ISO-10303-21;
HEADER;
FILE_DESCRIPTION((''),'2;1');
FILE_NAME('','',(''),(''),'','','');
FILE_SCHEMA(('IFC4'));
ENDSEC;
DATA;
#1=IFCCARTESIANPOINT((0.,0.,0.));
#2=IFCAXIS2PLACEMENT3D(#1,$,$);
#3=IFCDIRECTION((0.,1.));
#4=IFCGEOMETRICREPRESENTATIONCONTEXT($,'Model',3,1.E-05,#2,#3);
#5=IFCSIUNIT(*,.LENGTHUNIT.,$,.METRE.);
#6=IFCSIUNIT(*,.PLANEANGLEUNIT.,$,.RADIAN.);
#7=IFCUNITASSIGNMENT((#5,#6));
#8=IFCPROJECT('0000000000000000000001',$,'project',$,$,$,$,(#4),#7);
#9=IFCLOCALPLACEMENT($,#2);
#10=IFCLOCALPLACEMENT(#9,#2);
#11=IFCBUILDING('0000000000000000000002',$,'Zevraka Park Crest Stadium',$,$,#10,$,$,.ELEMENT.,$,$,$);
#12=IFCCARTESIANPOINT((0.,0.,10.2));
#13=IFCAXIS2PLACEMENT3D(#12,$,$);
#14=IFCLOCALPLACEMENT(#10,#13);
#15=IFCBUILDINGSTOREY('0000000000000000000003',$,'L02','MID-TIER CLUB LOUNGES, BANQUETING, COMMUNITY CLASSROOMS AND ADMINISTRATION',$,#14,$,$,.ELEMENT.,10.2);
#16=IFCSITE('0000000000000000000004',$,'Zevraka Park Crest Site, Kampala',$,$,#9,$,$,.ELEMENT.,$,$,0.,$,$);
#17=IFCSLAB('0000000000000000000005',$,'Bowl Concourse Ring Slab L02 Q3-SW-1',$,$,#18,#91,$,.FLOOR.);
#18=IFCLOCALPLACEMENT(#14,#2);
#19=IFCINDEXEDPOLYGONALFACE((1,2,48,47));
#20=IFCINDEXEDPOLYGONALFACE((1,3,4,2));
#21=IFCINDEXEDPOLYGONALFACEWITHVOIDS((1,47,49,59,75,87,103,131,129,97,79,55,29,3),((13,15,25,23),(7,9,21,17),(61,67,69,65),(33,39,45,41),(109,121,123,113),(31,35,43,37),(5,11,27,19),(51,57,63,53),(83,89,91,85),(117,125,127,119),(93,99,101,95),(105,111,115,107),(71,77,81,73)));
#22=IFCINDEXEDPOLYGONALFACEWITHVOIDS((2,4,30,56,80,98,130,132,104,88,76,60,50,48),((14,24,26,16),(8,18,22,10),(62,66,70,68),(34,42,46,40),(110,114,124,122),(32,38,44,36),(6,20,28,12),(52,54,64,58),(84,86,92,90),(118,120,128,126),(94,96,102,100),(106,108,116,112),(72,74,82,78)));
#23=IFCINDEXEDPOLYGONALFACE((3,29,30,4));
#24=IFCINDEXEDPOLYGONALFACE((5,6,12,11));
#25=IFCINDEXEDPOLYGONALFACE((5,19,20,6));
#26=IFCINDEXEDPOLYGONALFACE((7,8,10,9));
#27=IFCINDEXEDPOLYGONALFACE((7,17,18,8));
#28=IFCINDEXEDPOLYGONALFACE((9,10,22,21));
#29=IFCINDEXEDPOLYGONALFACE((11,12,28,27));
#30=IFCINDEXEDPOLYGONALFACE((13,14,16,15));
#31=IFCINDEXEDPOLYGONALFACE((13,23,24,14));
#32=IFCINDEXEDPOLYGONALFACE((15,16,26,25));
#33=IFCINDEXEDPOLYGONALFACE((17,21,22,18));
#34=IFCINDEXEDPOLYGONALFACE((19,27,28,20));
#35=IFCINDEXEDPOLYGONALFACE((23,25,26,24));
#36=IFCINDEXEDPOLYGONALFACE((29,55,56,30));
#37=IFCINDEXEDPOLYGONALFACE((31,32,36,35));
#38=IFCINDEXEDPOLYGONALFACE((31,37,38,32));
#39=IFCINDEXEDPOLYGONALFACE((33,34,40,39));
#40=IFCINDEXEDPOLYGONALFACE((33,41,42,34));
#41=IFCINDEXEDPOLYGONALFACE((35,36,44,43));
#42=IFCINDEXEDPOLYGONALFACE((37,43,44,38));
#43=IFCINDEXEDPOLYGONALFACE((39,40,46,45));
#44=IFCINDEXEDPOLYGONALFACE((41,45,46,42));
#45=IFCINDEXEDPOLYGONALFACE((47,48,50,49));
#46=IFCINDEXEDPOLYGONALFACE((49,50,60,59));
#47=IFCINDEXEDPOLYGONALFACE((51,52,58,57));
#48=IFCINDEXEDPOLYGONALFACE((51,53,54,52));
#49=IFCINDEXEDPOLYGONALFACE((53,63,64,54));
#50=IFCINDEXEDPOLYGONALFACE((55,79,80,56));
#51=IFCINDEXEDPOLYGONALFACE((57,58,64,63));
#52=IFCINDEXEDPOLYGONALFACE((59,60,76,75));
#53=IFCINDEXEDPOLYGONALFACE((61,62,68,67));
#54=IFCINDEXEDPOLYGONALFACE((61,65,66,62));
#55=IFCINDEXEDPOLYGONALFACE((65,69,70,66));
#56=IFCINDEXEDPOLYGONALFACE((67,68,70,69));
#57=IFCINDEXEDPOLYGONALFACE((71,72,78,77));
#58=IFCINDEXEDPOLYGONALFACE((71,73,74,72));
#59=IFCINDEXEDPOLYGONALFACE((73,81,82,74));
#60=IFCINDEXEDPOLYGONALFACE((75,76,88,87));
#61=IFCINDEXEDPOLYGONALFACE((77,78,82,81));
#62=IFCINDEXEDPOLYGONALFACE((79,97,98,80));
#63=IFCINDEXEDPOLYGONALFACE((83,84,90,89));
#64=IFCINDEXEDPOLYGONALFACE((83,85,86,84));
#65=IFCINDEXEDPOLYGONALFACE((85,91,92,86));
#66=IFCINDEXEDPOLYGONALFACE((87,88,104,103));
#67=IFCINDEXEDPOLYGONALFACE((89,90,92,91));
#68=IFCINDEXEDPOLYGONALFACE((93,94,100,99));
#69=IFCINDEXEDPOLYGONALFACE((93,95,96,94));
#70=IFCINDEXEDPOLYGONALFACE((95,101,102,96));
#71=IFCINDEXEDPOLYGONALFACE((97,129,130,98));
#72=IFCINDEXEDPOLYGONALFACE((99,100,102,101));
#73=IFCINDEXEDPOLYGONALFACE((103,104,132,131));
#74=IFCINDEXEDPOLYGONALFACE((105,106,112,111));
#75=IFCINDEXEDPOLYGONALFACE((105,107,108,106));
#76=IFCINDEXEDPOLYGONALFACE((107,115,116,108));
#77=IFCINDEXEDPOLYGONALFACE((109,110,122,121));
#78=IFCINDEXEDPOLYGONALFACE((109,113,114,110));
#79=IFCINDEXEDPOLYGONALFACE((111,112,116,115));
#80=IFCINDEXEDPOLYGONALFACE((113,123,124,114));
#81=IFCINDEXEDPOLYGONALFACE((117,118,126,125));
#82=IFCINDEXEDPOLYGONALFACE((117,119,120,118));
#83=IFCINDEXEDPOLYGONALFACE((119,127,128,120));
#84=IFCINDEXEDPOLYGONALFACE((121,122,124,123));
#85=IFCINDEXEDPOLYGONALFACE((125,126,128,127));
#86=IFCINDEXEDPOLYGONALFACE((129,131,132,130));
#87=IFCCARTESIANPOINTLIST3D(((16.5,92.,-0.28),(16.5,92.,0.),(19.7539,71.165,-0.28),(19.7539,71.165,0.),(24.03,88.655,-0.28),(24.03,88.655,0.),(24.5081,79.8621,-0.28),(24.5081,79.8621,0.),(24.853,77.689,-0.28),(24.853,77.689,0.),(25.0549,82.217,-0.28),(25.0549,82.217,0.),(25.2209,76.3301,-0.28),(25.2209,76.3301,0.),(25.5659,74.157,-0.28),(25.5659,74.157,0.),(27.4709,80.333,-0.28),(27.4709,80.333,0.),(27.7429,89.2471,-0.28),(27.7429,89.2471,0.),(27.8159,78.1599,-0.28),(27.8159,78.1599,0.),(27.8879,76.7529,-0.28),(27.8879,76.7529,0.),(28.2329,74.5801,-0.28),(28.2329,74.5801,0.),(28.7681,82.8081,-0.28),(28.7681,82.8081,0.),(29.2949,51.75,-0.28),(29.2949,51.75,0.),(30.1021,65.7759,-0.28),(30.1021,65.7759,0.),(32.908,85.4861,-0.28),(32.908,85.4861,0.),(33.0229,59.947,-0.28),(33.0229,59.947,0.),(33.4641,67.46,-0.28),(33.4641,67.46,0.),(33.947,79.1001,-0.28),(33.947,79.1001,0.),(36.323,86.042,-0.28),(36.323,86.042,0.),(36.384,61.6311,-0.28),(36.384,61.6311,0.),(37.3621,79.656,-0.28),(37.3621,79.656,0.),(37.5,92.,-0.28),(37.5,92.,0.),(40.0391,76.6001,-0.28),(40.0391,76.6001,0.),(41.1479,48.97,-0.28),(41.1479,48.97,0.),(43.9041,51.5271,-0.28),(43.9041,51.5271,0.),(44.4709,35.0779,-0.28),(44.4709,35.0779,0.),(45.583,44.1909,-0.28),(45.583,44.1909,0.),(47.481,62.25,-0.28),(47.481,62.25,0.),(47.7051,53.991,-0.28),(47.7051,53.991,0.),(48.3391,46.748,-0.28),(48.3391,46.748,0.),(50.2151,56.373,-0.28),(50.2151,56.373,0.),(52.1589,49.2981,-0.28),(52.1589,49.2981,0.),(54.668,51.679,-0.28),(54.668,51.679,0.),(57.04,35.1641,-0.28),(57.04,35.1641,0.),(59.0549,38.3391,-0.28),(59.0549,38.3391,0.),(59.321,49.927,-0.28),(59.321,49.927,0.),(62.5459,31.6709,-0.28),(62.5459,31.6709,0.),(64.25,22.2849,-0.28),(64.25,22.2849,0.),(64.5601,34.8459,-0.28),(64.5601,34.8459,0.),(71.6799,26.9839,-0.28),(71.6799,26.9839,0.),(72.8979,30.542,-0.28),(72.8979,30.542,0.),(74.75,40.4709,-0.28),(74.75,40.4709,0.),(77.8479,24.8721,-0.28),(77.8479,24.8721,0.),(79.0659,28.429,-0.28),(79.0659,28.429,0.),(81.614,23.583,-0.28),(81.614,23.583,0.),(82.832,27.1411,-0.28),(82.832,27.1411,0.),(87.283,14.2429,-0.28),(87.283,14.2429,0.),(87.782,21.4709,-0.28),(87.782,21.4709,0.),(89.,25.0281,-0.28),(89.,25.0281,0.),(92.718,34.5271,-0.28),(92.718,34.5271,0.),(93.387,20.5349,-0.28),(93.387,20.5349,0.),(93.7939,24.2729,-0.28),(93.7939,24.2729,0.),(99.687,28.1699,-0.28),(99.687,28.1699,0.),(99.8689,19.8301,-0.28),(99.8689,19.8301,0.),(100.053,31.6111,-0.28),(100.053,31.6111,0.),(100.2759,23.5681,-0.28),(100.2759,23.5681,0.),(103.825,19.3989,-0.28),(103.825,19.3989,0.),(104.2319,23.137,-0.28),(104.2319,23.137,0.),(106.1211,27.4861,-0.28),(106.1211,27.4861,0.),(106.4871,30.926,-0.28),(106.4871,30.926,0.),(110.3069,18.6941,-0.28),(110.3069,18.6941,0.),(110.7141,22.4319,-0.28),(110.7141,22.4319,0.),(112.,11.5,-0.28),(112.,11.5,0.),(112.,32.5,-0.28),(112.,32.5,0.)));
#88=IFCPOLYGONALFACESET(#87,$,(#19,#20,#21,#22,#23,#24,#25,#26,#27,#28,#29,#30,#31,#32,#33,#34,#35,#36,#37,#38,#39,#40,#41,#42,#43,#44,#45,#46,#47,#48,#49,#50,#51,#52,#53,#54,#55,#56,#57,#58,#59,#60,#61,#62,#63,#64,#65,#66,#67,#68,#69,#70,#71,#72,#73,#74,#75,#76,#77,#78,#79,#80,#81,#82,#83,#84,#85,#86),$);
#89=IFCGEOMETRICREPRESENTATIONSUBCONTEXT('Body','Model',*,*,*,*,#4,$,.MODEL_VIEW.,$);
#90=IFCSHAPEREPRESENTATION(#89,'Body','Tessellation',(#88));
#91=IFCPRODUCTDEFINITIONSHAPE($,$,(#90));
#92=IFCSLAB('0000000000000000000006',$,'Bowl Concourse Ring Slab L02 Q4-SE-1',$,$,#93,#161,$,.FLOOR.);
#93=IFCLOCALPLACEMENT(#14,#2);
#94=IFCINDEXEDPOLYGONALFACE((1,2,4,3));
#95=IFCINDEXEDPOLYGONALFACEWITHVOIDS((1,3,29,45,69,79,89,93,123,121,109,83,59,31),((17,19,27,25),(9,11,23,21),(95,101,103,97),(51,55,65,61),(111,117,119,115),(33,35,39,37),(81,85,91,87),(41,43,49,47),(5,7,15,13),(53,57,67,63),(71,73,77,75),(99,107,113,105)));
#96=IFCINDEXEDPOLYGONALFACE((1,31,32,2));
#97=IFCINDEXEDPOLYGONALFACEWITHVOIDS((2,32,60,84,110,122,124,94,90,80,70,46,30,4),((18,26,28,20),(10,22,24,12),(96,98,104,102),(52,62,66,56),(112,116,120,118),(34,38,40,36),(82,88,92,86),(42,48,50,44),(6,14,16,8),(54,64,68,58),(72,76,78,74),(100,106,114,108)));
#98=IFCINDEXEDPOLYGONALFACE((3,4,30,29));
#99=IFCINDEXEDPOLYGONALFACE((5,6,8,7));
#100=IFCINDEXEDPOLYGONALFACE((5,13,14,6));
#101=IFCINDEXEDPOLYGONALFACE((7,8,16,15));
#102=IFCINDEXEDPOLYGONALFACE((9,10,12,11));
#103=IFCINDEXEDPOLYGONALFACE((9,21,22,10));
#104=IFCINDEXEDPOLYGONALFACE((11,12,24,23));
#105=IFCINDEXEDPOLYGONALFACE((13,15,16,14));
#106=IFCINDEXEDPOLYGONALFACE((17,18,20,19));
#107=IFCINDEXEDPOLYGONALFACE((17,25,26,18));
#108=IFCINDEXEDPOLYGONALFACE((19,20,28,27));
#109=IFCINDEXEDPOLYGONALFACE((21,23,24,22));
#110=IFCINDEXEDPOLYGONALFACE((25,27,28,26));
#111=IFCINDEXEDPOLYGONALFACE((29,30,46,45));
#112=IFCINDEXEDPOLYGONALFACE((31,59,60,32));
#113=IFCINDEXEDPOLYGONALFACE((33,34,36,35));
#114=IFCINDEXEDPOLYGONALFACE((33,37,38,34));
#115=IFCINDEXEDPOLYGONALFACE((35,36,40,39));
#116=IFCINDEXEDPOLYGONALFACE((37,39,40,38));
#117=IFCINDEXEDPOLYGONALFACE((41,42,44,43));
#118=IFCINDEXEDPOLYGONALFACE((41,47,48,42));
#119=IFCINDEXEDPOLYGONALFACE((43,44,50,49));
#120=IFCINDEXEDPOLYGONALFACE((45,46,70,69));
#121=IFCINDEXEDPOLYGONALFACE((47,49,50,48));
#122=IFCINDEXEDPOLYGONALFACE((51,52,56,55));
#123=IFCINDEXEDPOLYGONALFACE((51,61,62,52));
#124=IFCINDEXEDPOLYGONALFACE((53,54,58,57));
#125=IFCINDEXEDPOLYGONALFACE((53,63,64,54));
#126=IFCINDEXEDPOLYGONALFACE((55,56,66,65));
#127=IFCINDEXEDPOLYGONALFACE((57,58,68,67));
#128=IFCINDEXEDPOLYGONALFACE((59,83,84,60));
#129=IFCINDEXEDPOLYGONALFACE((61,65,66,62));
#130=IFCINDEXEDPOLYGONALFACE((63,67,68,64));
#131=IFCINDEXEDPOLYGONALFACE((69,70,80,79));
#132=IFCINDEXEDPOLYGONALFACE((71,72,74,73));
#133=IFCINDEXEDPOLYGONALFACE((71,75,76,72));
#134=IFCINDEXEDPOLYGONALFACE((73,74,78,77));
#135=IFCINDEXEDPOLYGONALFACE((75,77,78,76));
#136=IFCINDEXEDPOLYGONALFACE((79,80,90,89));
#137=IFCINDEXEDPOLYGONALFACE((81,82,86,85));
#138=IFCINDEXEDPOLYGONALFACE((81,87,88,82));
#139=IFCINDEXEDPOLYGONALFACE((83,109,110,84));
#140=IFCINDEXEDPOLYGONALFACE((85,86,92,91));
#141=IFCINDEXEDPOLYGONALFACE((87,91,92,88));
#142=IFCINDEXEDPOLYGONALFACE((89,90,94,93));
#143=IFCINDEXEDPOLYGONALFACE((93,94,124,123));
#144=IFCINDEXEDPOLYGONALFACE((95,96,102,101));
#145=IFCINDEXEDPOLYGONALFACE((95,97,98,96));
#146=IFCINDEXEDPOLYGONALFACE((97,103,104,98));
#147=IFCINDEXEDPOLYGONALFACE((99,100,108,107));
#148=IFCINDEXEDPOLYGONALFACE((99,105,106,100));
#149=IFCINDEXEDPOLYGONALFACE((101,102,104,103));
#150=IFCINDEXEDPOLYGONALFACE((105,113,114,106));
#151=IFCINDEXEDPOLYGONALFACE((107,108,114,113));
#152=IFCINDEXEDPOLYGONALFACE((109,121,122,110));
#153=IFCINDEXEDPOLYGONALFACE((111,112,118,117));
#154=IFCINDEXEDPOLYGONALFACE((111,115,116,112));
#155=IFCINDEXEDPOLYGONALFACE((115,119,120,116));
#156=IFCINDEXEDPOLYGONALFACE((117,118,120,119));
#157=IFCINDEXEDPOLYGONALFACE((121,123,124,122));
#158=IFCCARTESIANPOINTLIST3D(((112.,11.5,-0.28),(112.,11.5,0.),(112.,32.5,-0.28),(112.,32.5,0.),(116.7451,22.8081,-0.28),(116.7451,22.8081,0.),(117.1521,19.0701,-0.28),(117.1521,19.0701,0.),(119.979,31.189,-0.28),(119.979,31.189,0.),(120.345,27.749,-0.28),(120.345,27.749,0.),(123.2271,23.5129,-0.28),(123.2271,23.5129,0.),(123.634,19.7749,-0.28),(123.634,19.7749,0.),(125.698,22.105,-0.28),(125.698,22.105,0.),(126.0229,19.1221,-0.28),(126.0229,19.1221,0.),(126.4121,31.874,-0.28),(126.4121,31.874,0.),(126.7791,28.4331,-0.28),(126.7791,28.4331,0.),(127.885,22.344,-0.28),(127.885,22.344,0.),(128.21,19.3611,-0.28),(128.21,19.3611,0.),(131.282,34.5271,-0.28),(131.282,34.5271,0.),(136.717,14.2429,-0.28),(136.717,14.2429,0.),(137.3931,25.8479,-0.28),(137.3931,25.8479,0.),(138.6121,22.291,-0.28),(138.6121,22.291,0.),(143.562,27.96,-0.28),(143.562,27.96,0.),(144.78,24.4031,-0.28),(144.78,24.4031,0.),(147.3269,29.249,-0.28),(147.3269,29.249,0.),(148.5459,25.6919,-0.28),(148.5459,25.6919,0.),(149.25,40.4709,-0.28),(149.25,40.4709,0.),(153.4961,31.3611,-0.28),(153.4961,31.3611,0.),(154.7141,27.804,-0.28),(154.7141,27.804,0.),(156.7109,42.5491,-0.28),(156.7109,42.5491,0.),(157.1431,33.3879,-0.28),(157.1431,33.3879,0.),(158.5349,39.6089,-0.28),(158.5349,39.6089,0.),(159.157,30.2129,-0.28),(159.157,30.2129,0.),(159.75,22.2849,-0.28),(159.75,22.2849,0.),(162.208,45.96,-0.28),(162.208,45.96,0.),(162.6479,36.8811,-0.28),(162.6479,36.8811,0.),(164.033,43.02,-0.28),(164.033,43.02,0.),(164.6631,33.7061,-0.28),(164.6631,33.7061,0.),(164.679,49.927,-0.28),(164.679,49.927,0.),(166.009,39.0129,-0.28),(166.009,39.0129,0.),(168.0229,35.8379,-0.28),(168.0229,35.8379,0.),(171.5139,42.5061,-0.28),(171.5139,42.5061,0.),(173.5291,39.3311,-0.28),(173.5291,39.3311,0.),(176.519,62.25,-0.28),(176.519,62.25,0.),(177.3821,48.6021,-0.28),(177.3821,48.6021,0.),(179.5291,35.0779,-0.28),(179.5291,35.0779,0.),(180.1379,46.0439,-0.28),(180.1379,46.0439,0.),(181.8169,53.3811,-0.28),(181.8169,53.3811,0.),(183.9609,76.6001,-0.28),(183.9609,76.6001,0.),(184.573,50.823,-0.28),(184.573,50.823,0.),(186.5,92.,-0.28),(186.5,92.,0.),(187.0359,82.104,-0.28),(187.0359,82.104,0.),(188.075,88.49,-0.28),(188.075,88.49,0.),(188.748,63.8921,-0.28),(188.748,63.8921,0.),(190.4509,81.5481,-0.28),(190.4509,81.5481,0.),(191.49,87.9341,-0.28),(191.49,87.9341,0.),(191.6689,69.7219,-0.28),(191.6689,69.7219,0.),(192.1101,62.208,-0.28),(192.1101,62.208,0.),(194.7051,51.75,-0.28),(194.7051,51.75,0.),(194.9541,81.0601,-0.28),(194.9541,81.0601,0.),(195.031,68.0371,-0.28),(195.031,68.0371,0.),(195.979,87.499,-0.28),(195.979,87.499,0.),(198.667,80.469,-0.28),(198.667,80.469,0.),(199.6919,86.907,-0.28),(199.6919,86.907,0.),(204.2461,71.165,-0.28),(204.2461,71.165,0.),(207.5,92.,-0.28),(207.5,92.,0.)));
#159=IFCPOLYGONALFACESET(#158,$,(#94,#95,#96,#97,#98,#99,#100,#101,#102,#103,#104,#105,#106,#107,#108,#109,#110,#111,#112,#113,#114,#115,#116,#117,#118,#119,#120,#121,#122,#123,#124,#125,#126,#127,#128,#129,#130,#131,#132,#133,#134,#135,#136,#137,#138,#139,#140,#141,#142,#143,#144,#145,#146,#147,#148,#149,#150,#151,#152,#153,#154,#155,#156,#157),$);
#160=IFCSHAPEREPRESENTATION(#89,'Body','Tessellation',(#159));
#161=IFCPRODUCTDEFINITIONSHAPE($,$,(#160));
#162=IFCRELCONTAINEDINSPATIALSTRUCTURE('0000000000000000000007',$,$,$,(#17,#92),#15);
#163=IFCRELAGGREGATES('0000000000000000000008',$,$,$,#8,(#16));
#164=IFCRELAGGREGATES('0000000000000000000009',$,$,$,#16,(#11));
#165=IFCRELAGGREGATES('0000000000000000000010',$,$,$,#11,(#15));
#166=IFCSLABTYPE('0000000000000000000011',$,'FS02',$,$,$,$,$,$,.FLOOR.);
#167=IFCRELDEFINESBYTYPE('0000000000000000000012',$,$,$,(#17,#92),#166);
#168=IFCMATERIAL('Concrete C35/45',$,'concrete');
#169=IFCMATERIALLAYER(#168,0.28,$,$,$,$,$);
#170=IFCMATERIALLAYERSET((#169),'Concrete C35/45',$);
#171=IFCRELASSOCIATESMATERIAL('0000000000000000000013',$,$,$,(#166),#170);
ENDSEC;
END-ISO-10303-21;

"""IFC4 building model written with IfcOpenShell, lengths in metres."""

from ifc_helpers import new_model, si_unit, direction, frame, origin, place, context, subcontext, project, spatial, polyline, outline, extrude, material, layer, layer_set, type_object, element, save


model = new_model("IFC4")

# Units and contexts
model_context = context("Model", 3, precision=1e-05, world=origin(), true_north=direction((0.0, 1.0)))
body_context = subcontext(model_context, "Body", "Model", "MODEL_VIEW")
ifc_project = project(units=[si_unit("LENGTHUNIT", "METRE"), si_unit("PLANEANGLEUNIT", "RADIAN")], contexts=[model_context])

# Site, building, storey
site_placement = place(None, origin())
site = spatial("IfcSite", under=ifc_project, at=site_placement, Name="Zevraka Park Crest Site, Kampala", CompositionType="ELEMENT", RefElevation=0.0)
building_placement = place(site_placement, origin())
building = spatial("IfcBuilding", under=site, at=building_placement, Name="Zevraka Park Crest Stadium", CompositionType="ELEMENT")
storey_placement = place(building_placement, frame((0.0, 0.0, 10.2)))
storey = spatial("IfcBuildingStorey", under=building, at=storey_placement, Name="L02", Description="MID-TIER CLUB LOUNGES, BANQUETING, COMMUNITY CLASSROOMS AND ADMINISTRATION", CompositionType="ELEMENT", Elevation=10.2)

# Slabs
ifc_material_1 = material(Name="Concrete C35/45", Category="concrete")
ifc_layer_1 = layer(ifc_material_1, 0.28)
ifc_layer_set_1 = layer_set([ifc_layer_1], Name="Concrete C35/45")
slab_type_1 = type_object("IfcSlabType", Name="FS02", PredefinedType="FLOOR", material=ifc_layer_set_1)
slab_1_placement = place(storey_placement, frame((0.0, 0.0, -0.28)))
element("IfcSlab", 1, at=slab_1_placement, inside=storey, type_object=slab_type_1, Name="Bowl Concourse Ring Slab L02 Q3-SW-1", PredefinedType="FLOOR", context=body_context, shape_type="SweptSolid", body=[
    extrude(outline(polyline([(40.0391, 76.6001), (47.481, 62.25), (59.321, 49.927), (74.75, 40.4709), (92.718, 34.5271), (112.0, 32.5), (112.0, 11.5), (87.283, 14.2429), (64.25, 22.2849), (44.4709, 35.0779), (29.2949, 51.75), (19.7539, 71.165), (16.5, 92.0), (37.5, 92.0), (40.0391, 76.6001)]), holes=[polyline([(48.3391, 46.748), (43.9041, 51.5271), (41.1479, 48.97), (45.583, 44.1909), (48.3391, 46.748)]), polyline([(52.1589, 49.2981), (54.668, 51.679), (50.2151, 56.373), (47.7051, 53.991), (52.1589, 49.2981)]), polyline([(33.0229, 59.947), (36.384, 61.6311), (33.4641, 67.46), (30.1021, 65.7759), (33.0229, 59.947)]), polyline([(28.2329, 74.5801), (27.8879, 76.7529), (25.2209, 76.3301), (25.5659, 74.157), (28.2329, 74.5801)]), polyline([(24.853, 77.689), (27.8159, 78.1599), (27.4709, 80.333), (24.5081, 79.8621), (24.853, 77.689)]), polyline([(33.947, 79.1001), (37.3621, 79.656), (36.323, 86.042), (32.908, 85.4861), (33.947, 79.1001)]), polyline([(28.7681, 82.8081), (27.7429, 89.2471), (24.03, 88.655), (25.0549, 82.217), (28.7681, 82.8081)]), polyline([(110.3069, 18.6941), (110.7141, 22.4319), (104.2319, 23.137), (103.825, 19.3989), (110.3069, 18.6941)]), polyline([(99.8689, 19.8301), (100.2759, 23.5681), (93.7939, 24.2729), (93.387, 20.5349), (99.8689, 19.8301)]), polyline([(87.782, 21.4709), (89.0, 25.0281), (82.832, 27.1411), (81.614, 23.583), (87.782, 21.4709)]), polyline([(77.8479, 24.8721), (79.0659, 28.429), (72.8979, 30.542), (71.6799, 26.9839), (77.8479, 24.8721)]), polyline([(106.1211, 27.4861), (106.4871, 30.926), (100.053, 31.6111), (99.687, 28.1699), (106.1211, 27.4861)]), polyline([(62.5459, 31.6709), (64.5601, 34.8459), (59.0549, 38.3391), (57.04, 35.1641), (62.5459, 31.6709)])]), origin(), (0.0, 0.0, 1.0), 0.28),
])
slab_2_placement = place(storey_placement, frame((0.0, 0.0, -0.28)))
element("IfcSlab", 2, at=slab_2_placement, inside=storey, type_object=slab_type_1, Name="Bowl Concourse Ring Slab L02 Q4-SE-1", PredefinedType="FLOOR", context=body_context, shape_type="SweptSolid", body=[
    extrude(outline(polyline([(131.282, 34.5271), (149.25, 40.4709), (164.679, 49.927), (176.519, 62.25), (183.9609, 76.6001), (186.5, 92.0), (207.5, 92.0), (204.2461, 71.165), (194.7051, 51.75), (179.5291, 35.0779), (159.75, 22.2849), (136.717, 14.2429), (112.0, 11.5), (112.0, 32.5), (131.282, 34.5271)]), holes=[polyline([(127.885, 22.344), (125.698, 22.105), (126.0229, 19.1221), (128.21, 19.3611), (127.885, 22.344)]), polyline([(123.634, 19.7749), (123.2271, 23.5129), (116.7451, 22.8081), (117.1521, 19.0701), (123.634, 19.7749)]), polyline([(144.78, 24.4031), (143.562, 27.96), (137.3931, 25.8479), (138.6121, 22.291), (144.78, 24.4031)]), polyline([(153.4961, 31.3611), (147.3269, 29.249), (148.5459, 25.6919), (154.7141, 27.804), (153.4961, 31.3611)]), polyline([(126.7791, 28.4331), (126.4121, 31.874), (119.979, 31.189), (120.345, 27.749), (126.7791, 28.4331)]), polyline([(164.033, 43.02), (162.208, 45.96), (156.7109, 42.5491), (158.5349, 39.6089), (164.033, 43.02)]), polyline([(162.6479, 36.8811), (157.1431, 33.3879), (159.157, 30.2129), (164.6631, 33.7061), (162.6479, 36.8811)]), polyline([(173.5291, 39.3311), (171.5139, 42.5061), (166.009, 39.0129), (168.0229, 35.8379), (173.5291, 39.3311)]), polyline([(184.573, 50.823), (181.8169, 53.3811), (177.3821, 48.6021), (180.1379, 46.0439), (184.573, 50.823)]), polyline([(191.6689, 69.7219), (188.748, 63.8921), (192.1101, 62.208), (195.031, 68.0371), (191.6689, 69.7219)]), polyline([(199.6919, 86.907), (195.979, 87.499), (194.9541, 81.0601), (198.667, 80.469), (199.6919, 86.907)]), polyline([(191.49, 87.9341), (188.075, 88.49), (187.0359, 82.104), (190.4509, 81.5481), (191.49, 87.9341)])]), origin(), (0.0, 0.0, 1.0), 0.28),
])

save(model, "model.ifc")
